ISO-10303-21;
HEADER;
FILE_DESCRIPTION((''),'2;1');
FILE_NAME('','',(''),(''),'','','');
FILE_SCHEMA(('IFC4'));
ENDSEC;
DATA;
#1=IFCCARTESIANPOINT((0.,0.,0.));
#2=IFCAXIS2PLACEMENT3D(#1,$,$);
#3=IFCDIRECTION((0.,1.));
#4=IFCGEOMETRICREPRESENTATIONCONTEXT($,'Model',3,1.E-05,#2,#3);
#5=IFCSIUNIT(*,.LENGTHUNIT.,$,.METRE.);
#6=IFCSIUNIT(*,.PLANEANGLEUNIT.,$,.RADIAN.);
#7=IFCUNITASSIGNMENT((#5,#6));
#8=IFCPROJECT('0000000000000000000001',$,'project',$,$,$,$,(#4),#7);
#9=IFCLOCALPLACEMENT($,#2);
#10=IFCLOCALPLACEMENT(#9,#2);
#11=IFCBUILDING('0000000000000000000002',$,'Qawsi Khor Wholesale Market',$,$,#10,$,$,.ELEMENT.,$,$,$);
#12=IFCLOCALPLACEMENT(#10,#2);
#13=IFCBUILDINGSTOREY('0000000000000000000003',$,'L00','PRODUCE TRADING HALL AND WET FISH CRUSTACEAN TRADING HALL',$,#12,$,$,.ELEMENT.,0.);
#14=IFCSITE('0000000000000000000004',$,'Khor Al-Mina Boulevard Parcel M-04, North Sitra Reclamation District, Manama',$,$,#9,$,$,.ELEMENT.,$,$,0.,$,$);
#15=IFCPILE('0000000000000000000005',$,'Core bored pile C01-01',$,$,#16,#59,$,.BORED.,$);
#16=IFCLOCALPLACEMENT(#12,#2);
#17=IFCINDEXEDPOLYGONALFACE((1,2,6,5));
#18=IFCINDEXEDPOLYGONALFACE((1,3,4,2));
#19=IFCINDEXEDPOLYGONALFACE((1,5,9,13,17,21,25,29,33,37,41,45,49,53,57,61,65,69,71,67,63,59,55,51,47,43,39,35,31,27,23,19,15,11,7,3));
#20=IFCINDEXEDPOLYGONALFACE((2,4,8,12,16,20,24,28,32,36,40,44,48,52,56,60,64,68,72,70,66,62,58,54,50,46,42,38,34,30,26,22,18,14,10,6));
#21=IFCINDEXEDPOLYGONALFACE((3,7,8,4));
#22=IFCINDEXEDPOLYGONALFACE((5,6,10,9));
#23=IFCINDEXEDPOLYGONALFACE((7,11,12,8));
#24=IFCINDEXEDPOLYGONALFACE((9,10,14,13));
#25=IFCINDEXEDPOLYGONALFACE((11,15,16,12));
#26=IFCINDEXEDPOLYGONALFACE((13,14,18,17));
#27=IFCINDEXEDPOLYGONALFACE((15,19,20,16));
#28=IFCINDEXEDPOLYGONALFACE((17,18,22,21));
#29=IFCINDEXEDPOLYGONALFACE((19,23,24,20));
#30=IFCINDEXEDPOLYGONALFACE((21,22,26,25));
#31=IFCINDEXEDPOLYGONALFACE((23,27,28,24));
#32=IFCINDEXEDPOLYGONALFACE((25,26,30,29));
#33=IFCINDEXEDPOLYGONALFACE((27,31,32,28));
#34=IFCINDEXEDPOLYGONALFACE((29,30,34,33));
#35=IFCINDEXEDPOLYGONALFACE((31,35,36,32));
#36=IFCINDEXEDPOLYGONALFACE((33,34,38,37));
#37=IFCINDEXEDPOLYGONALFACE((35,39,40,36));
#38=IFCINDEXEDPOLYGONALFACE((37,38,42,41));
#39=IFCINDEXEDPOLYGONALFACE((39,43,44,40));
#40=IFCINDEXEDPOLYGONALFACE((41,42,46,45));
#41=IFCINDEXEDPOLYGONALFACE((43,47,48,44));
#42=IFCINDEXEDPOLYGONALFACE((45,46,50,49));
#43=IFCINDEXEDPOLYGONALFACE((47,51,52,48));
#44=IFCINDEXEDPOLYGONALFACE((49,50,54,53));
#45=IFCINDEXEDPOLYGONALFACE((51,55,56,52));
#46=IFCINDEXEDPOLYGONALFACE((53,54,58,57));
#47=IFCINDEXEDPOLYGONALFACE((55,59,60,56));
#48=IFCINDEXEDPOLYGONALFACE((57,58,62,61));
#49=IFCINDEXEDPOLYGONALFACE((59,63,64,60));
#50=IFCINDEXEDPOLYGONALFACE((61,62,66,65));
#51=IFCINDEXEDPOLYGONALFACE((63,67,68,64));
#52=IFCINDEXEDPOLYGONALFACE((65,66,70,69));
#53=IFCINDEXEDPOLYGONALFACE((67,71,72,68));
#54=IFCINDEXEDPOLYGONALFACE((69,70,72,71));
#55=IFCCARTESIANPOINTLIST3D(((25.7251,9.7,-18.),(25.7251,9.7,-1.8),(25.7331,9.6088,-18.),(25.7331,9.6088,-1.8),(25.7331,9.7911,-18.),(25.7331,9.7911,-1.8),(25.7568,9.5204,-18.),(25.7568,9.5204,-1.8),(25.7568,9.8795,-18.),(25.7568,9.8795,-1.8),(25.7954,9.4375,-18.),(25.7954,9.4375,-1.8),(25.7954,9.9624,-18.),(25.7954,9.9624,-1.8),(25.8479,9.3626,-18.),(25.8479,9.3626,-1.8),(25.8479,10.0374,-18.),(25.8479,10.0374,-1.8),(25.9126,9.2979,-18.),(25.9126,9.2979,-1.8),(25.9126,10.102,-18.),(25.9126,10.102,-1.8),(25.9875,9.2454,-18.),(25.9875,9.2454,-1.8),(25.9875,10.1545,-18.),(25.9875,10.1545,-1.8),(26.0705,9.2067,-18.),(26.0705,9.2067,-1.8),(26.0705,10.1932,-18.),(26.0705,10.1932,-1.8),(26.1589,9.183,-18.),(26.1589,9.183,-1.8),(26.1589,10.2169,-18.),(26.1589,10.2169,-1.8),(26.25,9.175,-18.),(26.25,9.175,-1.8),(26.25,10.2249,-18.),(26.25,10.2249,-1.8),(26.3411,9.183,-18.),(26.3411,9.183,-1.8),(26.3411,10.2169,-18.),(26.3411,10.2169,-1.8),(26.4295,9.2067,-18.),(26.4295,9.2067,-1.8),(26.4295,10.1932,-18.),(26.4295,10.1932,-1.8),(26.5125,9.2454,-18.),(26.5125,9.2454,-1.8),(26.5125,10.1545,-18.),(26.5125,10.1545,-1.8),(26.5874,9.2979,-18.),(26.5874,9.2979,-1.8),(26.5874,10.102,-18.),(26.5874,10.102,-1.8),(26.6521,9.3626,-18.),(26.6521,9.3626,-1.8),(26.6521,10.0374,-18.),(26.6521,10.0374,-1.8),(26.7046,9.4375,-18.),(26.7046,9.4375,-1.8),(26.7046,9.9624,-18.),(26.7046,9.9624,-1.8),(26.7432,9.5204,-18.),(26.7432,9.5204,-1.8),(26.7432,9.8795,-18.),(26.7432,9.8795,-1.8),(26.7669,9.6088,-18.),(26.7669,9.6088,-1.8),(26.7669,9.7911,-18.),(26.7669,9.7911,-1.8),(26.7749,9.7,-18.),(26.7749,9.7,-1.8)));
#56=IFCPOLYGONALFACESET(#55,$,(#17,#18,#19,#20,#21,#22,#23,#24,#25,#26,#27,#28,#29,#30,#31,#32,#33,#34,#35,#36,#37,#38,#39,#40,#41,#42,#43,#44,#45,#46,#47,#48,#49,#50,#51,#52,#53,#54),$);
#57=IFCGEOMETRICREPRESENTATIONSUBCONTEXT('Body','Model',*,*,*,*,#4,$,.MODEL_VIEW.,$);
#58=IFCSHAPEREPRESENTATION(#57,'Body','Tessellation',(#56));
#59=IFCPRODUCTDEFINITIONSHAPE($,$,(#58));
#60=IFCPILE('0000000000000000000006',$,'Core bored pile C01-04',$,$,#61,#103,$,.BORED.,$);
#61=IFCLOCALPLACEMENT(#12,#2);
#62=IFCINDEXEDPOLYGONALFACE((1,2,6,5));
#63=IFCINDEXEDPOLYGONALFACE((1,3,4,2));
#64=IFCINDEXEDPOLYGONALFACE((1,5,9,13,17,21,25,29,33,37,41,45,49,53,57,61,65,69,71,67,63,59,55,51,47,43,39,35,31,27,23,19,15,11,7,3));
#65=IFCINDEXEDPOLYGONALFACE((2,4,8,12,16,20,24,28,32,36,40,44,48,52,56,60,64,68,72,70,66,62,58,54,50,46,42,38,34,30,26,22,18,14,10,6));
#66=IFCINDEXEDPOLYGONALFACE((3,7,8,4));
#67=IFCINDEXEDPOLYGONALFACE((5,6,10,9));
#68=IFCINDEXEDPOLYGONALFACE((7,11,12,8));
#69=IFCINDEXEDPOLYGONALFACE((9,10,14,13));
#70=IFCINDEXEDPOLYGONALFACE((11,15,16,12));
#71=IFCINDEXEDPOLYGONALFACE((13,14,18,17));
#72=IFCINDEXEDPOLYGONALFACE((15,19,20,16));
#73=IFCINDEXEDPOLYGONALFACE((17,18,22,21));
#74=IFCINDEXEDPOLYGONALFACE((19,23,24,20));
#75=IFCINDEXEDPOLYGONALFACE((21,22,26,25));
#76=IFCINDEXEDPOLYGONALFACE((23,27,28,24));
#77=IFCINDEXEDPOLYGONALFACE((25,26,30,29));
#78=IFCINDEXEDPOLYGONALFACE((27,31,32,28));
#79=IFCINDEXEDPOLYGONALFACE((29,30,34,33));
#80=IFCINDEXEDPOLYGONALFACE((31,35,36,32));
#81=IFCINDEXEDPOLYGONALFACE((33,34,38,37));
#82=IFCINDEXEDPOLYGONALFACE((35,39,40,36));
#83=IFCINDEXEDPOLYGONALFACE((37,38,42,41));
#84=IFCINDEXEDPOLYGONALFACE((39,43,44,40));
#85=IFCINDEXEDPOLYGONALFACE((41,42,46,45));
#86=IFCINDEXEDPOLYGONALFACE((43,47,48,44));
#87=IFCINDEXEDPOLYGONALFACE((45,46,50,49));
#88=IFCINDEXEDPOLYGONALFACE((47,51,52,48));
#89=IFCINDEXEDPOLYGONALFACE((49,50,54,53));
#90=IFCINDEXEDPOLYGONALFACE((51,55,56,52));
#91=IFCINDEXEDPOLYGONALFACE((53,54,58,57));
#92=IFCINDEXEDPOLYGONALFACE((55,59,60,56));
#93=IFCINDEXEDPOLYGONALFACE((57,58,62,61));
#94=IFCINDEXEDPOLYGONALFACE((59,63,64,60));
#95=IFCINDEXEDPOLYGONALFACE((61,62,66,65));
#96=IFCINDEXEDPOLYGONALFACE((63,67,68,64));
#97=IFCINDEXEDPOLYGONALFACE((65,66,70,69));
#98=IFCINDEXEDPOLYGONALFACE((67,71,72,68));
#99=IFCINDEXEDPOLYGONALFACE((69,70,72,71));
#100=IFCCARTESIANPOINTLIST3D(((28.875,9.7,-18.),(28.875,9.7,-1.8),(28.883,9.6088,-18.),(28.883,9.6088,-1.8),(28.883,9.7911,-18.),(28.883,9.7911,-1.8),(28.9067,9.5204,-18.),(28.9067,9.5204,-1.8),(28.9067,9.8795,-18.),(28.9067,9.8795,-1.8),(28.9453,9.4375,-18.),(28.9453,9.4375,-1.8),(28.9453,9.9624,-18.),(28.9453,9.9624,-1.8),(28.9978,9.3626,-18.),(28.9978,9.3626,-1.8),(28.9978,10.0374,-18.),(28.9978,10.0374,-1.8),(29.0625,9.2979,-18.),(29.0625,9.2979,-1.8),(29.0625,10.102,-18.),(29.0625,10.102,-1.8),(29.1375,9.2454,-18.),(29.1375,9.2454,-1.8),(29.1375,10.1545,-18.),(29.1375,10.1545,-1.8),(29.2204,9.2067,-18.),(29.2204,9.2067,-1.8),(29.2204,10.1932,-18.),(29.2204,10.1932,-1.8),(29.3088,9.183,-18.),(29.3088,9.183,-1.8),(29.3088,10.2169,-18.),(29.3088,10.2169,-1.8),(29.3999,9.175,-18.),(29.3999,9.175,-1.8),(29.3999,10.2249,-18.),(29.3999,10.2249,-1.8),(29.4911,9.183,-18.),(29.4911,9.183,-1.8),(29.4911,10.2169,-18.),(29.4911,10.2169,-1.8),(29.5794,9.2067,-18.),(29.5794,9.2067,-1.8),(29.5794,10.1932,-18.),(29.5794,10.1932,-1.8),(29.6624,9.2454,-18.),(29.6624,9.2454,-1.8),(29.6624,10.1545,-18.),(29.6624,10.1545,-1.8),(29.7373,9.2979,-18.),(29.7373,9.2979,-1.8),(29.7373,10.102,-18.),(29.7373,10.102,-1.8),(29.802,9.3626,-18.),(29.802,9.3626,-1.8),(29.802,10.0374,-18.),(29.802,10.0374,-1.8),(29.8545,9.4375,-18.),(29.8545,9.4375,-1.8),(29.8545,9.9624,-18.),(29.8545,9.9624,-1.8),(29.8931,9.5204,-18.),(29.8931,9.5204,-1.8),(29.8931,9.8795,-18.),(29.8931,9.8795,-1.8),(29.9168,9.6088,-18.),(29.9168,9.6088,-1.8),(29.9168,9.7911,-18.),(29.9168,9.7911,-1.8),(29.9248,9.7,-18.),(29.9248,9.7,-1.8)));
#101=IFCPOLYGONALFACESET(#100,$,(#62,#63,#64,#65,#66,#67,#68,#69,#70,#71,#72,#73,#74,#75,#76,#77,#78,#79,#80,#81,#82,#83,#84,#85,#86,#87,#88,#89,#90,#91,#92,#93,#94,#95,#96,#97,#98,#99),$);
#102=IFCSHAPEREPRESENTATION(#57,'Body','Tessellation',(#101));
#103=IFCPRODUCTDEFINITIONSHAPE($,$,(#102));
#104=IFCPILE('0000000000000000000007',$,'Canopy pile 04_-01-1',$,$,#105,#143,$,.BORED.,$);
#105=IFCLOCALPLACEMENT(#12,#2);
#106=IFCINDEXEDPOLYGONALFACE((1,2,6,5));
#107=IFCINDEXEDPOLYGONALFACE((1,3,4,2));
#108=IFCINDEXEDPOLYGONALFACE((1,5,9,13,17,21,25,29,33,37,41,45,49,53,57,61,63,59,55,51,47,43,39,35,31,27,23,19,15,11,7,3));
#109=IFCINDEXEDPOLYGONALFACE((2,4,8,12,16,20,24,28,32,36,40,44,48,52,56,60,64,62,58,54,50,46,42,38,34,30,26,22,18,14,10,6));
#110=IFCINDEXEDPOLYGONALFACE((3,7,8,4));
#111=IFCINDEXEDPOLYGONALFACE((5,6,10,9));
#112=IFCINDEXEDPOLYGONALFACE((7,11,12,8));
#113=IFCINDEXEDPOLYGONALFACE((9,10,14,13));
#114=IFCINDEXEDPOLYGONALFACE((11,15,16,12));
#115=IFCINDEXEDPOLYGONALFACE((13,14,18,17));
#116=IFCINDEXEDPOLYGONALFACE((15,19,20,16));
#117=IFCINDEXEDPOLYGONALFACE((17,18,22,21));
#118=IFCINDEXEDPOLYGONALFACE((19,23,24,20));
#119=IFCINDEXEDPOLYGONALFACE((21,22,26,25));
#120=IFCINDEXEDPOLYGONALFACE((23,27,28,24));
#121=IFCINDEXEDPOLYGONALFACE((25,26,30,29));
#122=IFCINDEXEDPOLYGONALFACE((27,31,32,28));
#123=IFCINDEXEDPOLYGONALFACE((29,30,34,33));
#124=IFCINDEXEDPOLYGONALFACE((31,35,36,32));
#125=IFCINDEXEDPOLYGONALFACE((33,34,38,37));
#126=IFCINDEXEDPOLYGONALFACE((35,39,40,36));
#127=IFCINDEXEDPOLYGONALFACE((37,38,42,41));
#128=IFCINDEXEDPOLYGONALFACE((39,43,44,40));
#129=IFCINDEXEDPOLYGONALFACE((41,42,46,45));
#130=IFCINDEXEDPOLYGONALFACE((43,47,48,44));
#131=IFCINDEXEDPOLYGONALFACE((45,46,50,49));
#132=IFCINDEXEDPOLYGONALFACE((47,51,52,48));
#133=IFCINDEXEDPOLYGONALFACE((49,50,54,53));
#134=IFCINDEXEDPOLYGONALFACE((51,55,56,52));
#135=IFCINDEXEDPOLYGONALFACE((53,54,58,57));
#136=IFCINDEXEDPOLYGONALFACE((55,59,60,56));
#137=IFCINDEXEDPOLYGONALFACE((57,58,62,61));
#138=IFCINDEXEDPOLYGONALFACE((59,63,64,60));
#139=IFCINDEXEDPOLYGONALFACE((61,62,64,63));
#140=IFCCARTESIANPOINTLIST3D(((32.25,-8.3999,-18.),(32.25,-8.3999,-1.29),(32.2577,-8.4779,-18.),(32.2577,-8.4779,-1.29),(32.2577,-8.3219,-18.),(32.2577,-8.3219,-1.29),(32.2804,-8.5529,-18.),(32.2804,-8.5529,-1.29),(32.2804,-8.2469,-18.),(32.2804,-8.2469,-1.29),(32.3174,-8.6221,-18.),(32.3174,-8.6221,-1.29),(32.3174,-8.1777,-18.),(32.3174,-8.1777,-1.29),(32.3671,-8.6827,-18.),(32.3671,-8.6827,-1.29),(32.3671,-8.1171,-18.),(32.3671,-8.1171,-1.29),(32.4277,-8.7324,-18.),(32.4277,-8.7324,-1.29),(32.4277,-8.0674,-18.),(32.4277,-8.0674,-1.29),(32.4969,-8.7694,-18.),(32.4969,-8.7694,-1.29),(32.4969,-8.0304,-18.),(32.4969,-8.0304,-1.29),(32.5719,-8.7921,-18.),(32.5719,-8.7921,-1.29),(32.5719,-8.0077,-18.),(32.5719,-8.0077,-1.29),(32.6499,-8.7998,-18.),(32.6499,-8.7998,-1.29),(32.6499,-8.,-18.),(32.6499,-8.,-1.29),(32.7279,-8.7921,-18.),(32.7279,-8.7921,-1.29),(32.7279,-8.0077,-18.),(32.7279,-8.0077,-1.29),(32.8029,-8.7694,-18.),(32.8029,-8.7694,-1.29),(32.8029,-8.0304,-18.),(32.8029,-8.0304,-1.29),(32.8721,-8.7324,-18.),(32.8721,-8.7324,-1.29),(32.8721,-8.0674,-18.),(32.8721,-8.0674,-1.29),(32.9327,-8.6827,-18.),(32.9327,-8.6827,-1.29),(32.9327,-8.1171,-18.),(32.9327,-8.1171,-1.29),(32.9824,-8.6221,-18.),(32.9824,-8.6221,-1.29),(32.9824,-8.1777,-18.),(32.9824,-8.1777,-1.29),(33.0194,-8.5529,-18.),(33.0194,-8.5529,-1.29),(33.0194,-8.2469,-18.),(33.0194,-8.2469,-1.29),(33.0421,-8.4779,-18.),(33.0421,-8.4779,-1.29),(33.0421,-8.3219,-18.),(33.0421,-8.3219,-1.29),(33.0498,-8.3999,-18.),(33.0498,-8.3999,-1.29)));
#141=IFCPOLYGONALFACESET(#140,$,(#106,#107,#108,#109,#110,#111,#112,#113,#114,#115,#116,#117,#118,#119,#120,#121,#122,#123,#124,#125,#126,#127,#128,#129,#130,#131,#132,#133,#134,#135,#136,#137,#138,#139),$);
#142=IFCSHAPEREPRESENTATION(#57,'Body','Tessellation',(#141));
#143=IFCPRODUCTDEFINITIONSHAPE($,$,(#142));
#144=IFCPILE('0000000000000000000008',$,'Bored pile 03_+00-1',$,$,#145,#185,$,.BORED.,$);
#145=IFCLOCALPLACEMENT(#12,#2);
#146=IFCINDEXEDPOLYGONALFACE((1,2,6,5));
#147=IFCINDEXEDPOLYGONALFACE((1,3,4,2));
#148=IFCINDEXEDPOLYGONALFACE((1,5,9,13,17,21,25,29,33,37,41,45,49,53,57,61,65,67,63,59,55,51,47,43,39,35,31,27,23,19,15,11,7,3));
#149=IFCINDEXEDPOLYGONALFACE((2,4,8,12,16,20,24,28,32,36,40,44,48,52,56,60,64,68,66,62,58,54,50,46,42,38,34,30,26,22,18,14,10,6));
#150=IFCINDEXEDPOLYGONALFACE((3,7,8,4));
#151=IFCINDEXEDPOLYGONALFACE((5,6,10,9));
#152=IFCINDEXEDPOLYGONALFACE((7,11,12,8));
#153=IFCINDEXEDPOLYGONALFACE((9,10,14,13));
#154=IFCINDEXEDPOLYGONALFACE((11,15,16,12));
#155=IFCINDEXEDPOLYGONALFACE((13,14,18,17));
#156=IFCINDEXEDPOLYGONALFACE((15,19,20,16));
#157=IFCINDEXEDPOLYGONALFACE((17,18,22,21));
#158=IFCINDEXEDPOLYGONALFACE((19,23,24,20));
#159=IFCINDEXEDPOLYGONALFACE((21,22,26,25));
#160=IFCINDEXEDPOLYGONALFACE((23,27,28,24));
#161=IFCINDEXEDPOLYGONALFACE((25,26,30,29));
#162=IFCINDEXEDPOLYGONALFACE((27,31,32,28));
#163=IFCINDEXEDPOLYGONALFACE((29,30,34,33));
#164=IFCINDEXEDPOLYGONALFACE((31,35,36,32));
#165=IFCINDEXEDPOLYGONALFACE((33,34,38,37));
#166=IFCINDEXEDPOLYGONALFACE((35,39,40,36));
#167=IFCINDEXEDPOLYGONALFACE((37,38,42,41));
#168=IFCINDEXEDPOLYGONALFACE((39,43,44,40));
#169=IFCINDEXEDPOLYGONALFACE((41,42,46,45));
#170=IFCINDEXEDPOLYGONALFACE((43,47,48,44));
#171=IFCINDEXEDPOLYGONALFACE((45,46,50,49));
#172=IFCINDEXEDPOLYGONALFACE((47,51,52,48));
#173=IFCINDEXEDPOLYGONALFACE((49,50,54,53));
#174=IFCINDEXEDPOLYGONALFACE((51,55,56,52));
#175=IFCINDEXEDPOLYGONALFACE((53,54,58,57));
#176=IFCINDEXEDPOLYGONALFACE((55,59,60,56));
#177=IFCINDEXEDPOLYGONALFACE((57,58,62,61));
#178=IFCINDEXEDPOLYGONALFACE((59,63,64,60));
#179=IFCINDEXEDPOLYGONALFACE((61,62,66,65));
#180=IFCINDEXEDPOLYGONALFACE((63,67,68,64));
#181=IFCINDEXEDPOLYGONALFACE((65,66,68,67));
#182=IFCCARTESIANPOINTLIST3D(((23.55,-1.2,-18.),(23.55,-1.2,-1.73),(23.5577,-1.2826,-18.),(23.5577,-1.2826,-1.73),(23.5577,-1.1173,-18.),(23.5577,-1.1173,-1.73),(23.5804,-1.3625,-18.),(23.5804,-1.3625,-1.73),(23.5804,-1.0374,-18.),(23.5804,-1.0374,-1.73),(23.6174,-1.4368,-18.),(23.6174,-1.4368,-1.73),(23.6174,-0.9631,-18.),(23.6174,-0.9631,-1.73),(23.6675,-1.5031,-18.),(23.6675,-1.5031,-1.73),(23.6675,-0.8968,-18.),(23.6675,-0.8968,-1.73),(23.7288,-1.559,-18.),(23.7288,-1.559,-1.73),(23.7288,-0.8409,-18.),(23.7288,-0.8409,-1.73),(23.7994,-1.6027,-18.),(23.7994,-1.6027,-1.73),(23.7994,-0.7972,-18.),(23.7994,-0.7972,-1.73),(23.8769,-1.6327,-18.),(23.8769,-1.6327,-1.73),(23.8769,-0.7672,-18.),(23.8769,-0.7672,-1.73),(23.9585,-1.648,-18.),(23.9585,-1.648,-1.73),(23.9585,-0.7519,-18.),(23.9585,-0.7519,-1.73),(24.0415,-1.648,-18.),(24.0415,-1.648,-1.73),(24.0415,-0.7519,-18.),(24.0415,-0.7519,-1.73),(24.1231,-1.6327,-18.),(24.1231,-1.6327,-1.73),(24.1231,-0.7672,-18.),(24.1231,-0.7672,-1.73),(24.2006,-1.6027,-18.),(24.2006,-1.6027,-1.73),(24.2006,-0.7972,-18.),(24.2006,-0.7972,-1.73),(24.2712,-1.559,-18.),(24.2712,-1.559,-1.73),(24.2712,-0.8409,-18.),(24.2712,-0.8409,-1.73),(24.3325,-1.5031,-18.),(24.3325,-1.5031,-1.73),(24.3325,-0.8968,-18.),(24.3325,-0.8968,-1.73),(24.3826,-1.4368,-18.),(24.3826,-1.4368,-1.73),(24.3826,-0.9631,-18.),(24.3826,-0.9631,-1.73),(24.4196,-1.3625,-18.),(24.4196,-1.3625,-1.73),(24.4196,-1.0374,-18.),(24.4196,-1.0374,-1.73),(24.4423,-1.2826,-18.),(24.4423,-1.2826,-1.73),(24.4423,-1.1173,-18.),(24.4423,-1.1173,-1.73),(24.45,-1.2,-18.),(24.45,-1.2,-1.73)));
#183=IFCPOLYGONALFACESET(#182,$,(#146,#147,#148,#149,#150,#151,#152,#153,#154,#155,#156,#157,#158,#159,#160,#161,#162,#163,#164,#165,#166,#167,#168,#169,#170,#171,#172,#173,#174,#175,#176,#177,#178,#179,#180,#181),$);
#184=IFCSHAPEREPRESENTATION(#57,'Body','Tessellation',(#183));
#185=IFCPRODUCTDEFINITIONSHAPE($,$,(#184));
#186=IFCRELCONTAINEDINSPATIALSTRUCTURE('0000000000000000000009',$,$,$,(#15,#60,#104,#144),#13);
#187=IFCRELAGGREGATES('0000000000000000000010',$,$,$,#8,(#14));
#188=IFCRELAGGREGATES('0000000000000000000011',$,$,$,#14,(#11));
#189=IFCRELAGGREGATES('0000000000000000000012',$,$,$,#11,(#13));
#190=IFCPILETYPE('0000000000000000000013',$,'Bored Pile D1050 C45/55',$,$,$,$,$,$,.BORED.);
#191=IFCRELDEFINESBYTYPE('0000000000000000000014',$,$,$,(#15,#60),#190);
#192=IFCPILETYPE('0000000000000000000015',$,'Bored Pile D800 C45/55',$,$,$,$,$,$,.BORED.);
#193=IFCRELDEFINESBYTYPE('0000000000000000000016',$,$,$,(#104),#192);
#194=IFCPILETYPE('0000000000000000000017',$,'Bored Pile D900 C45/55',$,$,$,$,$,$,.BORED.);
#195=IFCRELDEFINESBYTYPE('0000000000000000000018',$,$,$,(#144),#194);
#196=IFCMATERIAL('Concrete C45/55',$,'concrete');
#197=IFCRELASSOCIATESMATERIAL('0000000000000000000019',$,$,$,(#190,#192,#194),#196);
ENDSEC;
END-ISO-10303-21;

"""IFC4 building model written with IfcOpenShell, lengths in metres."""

from ifc_helpers import new_model, si_unit, direction, frame, origin, origin_2d, place, context, subcontext, project, spatial, circle, extrude, material, material_profile, profile_set, type_object, element, save


model = new_model("IFC4")

# Units and contexts
model_context = context("Model", 3, precision=1e-05, world=origin(), true_north=direction((0.0, 1.0)))
body_context = subcontext(model_context, "Body", "Model", "MODEL_VIEW")
ifc_project = project(units=[si_unit("LENGTHUNIT", "METRE"), si_unit("PLANEANGLEUNIT", "RADIAN")], contexts=[model_context])

# Site, building, storey
site_placement = place(None, origin())
site = spatial("IfcSite", under=ifc_project, at=site_placement, Name="Khor Al-Mina Boulevard Parcel M-04, North Sitra Reclamation District, Manama", CompositionType="ELEMENT", RefElevation=0.0)
building_placement = place(site_placement, origin())
building = spatial("IfcBuilding", under=site, at=building_placement, Name="Qawsi Khor Wholesale Market", CompositionType="ELEMENT")
storey_placement = place(building_placement, origin())
storey = spatial("IfcBuildingStorey", under=building, at=storey_placement, Name="L00", Description="PRODUCE TRADING HALL AND WET FISH CRUSTACEAN TRADING HALL", CompositionType="ELEMENT", Elevation=0.0)

# Piles
ifc_material_1 = material(Name="Concrete C45/55", Category="concrete")
ifc_material_profile_1 = material_profile(ifc_material_1, circle(Radius=0.5249, at=origin_2d()), Name="PILE D1050")
ifc_profile_set_1 = profile_set([ifc_material_profile_1], Name="Concrete C45/55")
pile_type_1 = type_object("IfcPileType", Name="Bored Pile D1050 C45/55", PredefinedType="BORED", material=ifc_profile_set_1)
for number, where, z_axis, x_axis, name in (
    (1, (26.25, 9.7, -1.8), (0.0, 0.0, -1.0), (1.0, 0.0, 0.0), "Core bored pile C01-01"),
    (2, (29.3999, 9.7, -1.8), (0.0, 0.0, -1.0), (1.0, 0.0, 0.0), "Core bored pile C01-04"),
):
    element("IfcPile", number, at=place(storey_placement, frame(where, z_axis=z_axis, x_axis=x_axis)), inside=storey, type_object=pile_type_1, Name=name, PredefinedType="BORED", context=body_context, shape_type="SweptSolid", body=[
        extrude(circle(Radius=0.5249, at=origin_2d()), origin(), (0.0, 0.0, 1.0), 16.2),
    ])
ifc_material_profile_2 = material_profile(ifc_material_1, circle(Radius=0.3999, at=origin_2d()), Name="PILE D800")
ifc_profile_set_2 = profile_set([ifc_material_profile_2], Name="Concrete C45/55")
pile_type_2 = type_object("IfcPileType", Name="Bored Pile D800 C45/55", PredefinedType="BORED", material=ifc_profile_set_2)
pile_placement = place(storey_placement, frame((32.6499, -8.3999, -1.29), z_axis=(0.0, 0.0, -1.0), x_axis=(1.0, 0.0, 0.0)))
element("IfcPile", 3, at=pile_placement, inside=storey, type_object=pile_type_2, Name="Canopy pile 04_-01-1", PredefinedType="BORED", context=body_context, shape_type="SweptSolid", body=[
    extrude(circle(Radius=0.3999, at=origin_2d()), origin(), (0.0, 0.0, 1.0), 16.71),
])
ifc_material_profile_3 = material_profile(ifc_material_1, circle(Radius=0.45, at=origin_2d()), Name="PILE D900")
ifc_profile_set_3 = profile_set([ifc_material_profile_3], Name="Concrete C45/55")
pile_type_3 = type_object("IfcPileType", Name="Bored Pile D900 C45/55", PredefinedType="BORED", material=ifc_profile_set_3)
for number, where, z_axis, x_axis, name in (
    (4, (24.0, -1.2, -1.73), (0.0, 0.0, -1.0), (1.0, 0.0, 0.0), "Bored pile 03_+00-1"),
):
    element("IfcPile", number, at=place(storey_placement, frame(where, z_axis=z_axis, x_axis=x_axis)), inside=storey, type_object=pile_type_3, Name=name, PredefinedType="BORED", context=body_context, shape_type="SweptSolid", body=[
        extrude(circle(Radius=0.45, at=origin_2d()), origin(), (0.0, 0.0, 1.0), 16.27),
    ])

save(model, "model.ifc")
